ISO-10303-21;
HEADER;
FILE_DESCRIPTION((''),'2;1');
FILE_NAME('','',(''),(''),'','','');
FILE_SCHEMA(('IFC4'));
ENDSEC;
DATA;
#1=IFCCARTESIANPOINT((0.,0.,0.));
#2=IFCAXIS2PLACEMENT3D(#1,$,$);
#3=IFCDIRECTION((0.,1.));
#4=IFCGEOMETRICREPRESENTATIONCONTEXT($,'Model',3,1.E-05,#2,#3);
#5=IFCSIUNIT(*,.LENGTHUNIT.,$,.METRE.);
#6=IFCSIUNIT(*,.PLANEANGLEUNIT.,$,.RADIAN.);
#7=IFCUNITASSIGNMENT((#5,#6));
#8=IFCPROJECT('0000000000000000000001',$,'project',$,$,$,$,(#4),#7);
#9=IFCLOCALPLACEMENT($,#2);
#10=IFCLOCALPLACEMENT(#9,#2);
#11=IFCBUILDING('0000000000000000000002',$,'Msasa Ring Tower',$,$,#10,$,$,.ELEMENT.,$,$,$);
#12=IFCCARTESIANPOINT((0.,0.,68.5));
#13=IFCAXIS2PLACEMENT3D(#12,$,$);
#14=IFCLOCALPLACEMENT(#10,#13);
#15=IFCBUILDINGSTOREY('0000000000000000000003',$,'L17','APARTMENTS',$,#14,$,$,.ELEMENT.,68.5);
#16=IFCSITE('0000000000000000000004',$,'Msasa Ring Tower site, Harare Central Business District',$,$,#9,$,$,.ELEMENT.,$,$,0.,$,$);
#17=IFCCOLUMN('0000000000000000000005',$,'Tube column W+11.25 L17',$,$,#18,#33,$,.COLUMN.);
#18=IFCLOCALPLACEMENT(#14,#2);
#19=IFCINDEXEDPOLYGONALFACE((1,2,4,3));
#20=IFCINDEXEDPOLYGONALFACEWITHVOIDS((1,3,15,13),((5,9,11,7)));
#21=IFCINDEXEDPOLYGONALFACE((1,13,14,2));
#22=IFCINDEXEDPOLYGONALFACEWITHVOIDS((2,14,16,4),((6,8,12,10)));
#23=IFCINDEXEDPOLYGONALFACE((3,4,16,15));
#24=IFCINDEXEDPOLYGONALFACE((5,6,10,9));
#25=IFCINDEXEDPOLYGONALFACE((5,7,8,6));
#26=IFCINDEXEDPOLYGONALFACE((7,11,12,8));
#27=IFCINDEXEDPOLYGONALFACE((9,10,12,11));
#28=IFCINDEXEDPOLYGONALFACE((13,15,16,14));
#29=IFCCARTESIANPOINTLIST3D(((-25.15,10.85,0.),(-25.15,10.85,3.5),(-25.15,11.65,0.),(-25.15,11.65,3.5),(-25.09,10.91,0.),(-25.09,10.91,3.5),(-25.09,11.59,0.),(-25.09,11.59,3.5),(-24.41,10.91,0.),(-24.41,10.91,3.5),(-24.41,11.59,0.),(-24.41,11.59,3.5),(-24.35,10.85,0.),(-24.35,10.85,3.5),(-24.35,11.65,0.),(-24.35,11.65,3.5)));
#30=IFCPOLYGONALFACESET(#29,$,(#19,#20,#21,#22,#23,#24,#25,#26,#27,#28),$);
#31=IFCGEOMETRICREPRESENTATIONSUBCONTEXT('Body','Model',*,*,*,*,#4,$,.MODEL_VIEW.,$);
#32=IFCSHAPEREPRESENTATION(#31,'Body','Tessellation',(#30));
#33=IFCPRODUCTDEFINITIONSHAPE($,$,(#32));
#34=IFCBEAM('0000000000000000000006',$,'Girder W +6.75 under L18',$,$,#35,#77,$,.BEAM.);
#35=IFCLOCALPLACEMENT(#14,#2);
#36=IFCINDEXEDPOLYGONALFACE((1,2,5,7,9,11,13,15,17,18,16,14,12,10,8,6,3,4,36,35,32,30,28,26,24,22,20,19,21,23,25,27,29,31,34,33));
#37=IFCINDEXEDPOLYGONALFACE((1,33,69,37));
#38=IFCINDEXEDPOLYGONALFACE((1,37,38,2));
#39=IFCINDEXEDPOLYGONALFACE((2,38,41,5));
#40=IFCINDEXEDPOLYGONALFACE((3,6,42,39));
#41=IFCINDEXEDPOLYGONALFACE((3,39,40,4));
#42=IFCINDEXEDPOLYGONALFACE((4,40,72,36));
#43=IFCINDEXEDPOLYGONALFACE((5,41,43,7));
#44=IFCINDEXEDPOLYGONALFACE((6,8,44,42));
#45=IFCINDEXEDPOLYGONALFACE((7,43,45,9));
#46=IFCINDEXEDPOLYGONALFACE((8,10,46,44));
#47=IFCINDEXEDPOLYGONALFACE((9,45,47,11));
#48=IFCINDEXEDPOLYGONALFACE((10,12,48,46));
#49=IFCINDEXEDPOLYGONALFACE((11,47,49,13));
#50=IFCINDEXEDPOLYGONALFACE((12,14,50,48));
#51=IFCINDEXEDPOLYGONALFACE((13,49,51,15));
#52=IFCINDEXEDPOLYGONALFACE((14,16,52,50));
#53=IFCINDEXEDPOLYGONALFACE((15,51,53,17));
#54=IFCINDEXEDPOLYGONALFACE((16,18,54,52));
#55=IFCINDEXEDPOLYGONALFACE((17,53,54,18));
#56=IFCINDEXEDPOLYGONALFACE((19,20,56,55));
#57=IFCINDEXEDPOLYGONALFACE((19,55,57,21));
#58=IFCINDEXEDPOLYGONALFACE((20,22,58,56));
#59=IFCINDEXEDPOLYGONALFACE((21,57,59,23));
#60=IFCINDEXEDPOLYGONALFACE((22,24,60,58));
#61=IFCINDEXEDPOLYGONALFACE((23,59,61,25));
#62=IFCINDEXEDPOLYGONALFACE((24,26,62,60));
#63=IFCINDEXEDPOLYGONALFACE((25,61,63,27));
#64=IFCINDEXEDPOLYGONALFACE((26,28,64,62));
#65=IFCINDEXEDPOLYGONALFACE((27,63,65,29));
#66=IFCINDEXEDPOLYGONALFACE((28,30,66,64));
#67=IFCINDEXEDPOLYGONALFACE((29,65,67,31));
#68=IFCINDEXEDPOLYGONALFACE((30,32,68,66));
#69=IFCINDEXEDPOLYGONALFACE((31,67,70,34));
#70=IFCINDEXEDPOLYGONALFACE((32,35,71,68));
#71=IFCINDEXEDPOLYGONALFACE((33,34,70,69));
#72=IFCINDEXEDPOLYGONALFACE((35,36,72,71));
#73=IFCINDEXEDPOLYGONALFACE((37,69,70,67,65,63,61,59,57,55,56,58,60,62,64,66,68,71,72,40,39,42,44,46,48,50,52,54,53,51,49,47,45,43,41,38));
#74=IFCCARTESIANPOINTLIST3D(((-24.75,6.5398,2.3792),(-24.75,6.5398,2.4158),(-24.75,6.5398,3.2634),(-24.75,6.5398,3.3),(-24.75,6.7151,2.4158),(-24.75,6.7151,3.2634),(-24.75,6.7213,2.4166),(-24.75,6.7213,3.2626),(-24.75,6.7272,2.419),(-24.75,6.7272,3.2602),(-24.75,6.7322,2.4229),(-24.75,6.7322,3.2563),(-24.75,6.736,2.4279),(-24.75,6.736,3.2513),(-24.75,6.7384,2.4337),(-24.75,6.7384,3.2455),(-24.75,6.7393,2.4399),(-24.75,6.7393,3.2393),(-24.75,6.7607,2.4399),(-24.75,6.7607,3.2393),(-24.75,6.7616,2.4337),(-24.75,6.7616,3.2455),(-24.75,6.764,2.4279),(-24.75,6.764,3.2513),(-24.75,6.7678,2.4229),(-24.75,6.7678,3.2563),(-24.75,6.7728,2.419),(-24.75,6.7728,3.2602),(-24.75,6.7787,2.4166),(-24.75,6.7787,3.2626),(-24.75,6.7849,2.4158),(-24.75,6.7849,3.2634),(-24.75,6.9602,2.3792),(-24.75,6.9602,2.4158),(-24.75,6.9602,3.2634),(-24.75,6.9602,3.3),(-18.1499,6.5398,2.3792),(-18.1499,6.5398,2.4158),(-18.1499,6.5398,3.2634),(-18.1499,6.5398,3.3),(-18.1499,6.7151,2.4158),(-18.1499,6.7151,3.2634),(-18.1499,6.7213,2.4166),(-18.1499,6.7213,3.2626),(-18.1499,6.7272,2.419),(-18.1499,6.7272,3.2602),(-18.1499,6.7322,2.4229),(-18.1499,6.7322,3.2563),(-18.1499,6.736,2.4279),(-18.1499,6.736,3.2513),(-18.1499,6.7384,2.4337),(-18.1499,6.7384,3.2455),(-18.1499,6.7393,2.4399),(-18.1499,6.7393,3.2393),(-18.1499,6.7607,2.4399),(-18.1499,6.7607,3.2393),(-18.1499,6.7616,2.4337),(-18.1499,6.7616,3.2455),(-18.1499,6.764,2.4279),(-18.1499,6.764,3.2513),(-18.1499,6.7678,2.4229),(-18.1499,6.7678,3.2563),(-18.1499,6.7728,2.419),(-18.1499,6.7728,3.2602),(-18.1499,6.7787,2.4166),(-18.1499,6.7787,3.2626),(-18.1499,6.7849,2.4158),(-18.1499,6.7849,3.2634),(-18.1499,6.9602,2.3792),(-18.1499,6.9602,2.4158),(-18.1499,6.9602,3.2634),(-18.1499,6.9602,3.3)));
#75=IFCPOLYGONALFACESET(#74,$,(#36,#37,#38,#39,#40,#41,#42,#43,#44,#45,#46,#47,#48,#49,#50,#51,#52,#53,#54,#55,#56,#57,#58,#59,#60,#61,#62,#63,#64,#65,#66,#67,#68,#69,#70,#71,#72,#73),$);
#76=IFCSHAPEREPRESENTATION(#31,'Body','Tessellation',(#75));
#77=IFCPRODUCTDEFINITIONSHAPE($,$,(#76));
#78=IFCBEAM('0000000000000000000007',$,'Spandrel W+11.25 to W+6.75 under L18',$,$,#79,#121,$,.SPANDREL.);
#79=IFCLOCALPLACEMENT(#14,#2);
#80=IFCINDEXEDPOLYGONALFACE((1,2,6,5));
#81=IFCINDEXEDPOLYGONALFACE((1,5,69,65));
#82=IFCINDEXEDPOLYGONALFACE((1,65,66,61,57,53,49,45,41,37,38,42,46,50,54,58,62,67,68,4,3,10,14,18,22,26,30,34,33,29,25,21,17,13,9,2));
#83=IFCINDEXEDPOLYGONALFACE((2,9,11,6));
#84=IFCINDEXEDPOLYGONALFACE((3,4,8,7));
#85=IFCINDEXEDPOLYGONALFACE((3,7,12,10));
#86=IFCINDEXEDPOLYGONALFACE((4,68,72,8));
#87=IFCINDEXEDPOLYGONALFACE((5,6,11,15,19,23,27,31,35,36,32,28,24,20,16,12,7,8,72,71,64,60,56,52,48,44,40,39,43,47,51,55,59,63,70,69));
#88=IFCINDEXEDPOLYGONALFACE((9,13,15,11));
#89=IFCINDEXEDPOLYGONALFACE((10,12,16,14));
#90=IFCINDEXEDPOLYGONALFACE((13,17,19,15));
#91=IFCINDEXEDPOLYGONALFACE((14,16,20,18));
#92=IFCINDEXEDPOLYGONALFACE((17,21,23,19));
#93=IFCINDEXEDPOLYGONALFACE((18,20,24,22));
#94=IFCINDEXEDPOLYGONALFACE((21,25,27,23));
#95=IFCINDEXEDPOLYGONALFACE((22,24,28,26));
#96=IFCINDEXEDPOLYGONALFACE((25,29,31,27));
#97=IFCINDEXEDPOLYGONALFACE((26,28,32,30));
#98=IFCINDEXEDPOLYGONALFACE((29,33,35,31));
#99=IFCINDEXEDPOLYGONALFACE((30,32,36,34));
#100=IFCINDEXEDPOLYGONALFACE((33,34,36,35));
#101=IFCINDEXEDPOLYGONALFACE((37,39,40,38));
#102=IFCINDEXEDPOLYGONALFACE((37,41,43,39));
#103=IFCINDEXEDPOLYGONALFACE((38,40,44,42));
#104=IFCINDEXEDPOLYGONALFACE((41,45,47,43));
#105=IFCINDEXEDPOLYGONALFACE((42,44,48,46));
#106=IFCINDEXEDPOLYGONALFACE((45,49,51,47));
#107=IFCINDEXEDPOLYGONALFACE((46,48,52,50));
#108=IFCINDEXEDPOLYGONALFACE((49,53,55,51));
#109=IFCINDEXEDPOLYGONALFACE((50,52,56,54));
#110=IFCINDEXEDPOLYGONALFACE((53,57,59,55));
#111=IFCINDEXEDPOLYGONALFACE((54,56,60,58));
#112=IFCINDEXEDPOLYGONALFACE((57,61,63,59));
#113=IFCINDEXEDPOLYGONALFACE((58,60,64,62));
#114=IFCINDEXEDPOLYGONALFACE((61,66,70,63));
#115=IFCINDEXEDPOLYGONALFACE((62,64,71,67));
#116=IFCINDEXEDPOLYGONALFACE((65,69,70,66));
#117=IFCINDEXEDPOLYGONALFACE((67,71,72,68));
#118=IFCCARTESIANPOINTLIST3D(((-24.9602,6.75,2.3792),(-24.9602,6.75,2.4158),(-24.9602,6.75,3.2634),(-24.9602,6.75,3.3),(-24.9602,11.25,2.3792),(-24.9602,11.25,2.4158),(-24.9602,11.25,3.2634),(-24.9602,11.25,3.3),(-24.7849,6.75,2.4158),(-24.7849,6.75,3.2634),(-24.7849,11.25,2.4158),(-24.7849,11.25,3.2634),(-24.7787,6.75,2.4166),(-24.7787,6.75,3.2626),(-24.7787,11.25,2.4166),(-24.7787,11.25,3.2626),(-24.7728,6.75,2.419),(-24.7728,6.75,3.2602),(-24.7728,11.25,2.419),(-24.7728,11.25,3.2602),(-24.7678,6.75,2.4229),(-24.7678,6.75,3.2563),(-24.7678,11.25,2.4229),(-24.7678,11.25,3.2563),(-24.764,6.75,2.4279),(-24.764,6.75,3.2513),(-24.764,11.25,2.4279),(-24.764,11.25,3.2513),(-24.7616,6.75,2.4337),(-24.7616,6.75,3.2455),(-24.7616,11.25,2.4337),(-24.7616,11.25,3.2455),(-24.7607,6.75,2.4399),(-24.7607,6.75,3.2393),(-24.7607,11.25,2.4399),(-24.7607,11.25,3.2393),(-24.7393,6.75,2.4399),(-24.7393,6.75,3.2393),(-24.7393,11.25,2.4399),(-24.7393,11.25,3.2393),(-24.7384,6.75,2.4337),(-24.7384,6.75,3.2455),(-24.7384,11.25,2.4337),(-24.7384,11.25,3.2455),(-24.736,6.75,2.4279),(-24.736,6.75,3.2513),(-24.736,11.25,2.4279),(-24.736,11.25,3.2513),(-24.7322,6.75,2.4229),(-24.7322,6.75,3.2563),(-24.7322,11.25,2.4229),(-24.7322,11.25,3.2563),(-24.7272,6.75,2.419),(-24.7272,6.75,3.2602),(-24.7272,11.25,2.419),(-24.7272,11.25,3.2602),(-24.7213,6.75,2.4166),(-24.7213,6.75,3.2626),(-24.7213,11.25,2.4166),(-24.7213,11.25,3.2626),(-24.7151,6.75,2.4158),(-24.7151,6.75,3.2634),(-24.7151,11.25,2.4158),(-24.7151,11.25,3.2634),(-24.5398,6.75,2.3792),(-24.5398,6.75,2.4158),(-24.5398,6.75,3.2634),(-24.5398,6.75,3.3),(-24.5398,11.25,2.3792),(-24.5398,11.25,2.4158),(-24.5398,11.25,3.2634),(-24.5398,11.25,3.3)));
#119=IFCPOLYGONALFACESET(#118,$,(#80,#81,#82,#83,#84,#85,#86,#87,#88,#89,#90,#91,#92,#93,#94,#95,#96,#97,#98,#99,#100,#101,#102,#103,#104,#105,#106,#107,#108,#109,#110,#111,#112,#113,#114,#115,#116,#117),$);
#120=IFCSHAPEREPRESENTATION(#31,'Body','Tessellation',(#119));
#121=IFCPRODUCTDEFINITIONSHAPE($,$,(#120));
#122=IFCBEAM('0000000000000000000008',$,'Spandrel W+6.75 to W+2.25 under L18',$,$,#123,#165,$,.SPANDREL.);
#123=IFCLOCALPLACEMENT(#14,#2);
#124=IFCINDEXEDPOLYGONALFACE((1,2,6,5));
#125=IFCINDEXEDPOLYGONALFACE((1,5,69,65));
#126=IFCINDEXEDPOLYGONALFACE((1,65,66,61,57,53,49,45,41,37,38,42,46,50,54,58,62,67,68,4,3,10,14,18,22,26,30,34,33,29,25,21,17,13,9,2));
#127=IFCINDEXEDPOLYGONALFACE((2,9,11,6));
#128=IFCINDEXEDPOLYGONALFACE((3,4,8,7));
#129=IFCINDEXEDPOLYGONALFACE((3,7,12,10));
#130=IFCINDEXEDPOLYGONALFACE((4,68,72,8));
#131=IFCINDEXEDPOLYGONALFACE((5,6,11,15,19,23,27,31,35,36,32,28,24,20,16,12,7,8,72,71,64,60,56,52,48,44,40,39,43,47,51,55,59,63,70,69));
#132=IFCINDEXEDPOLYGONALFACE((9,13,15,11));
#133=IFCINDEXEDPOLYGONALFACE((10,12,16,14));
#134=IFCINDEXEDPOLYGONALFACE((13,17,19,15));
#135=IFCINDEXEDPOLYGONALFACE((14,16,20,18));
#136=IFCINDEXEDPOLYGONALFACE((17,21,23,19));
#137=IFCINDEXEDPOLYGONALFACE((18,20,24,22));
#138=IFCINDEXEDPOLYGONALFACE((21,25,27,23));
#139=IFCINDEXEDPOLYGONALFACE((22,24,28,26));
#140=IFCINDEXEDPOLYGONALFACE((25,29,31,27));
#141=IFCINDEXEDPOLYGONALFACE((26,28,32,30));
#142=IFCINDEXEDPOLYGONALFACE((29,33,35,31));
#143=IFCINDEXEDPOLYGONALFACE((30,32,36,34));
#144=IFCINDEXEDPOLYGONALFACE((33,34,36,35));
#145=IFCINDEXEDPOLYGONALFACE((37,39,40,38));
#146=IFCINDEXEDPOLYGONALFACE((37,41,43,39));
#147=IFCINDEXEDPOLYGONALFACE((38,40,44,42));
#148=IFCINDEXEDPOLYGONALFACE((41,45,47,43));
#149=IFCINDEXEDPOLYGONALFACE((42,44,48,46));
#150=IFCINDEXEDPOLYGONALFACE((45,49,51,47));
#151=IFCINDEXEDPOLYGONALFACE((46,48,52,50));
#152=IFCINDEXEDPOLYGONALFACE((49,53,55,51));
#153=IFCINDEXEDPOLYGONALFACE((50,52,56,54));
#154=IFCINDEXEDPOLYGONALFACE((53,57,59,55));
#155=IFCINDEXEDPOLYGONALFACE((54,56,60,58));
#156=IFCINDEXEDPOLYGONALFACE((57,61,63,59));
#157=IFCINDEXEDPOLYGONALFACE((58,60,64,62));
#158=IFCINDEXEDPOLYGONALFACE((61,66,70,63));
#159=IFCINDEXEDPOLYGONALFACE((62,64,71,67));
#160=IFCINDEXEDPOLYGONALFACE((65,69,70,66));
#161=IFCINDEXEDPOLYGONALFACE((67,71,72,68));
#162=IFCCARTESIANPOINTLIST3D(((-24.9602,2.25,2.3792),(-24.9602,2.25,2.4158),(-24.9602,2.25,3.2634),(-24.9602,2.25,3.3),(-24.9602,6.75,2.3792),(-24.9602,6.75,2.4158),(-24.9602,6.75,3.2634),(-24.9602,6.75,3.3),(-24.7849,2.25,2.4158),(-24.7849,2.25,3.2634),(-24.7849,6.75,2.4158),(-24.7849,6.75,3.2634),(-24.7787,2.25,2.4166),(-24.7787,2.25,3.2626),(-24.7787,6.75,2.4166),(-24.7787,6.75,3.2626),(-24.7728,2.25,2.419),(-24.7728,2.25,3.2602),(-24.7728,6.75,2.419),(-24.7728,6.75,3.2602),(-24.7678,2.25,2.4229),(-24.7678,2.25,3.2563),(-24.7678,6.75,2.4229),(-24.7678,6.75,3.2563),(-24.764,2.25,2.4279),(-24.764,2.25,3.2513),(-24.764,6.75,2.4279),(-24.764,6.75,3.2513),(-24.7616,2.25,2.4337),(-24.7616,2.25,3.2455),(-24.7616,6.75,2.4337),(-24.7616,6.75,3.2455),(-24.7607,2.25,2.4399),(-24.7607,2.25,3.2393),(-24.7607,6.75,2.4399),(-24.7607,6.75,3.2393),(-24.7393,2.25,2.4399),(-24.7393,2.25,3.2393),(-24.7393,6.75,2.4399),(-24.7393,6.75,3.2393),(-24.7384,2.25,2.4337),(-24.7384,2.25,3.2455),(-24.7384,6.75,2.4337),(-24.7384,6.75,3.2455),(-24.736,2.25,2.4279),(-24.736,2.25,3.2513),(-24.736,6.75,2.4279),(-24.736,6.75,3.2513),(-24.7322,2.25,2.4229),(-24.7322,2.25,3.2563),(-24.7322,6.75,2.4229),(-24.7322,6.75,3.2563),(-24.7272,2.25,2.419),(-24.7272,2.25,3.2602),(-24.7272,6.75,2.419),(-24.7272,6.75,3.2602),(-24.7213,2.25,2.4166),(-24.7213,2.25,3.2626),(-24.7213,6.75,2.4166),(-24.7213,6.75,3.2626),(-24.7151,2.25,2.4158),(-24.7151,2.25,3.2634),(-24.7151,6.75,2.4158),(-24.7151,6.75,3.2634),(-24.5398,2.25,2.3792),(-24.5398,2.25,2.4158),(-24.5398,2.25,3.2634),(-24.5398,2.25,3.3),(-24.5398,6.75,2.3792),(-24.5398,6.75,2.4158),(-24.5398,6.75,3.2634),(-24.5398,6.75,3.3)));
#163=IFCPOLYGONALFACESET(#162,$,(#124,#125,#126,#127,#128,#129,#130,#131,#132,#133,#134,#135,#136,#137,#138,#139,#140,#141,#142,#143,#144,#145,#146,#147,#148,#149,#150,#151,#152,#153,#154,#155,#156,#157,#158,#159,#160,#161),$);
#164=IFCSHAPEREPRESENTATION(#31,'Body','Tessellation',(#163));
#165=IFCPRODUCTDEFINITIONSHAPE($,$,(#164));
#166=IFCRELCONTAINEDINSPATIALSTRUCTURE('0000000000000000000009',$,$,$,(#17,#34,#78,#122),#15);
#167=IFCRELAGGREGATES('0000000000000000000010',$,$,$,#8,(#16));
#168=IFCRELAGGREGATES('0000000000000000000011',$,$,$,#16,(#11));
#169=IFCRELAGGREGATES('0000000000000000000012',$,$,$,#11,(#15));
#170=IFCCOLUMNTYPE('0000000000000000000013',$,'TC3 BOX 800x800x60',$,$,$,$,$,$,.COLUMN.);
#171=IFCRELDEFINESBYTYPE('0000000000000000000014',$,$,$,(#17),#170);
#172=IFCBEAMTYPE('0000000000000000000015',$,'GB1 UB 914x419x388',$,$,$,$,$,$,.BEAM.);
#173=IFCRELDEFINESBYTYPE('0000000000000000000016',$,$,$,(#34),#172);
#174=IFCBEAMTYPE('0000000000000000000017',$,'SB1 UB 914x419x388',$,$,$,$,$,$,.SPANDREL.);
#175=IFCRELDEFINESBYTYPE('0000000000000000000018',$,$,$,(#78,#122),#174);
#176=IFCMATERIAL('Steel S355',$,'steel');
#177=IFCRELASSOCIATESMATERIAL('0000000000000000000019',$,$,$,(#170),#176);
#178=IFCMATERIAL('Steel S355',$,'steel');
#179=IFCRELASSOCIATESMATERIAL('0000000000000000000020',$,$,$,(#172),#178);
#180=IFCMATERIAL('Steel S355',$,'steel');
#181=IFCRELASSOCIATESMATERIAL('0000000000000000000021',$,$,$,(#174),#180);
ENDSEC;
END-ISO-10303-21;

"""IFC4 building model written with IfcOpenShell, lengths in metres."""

from ifc_helpers import new_model, si_unit, direction, frame, origin, origin_2d, place, context, subcontext, project, spatial, hollow_rectangle, i_section, extrude, material, material_profile, profile_set, type_object, element, save


model = new_model("IFC4")

# Units and contexts
model_context = context("Model", 3, precision=1e-05, world=origin(), true_north=direction((0.0, 1.0)))
body_context = subcontext(model_context, "Body", "Model", "MODEL_VIEW")
ifc_project = project(units=[si_unit("LENGTHUNIT", "METRE"), si_unit("PLANEANGLEUNIT", "RADIAN")], contexts=[model_context])

# Site, building, storey
site_placement = place(None, origin())
site = spatial("IfcSite", under=ifc_project, at=site_placement, Name="Msasa Ring Tower site, Harare Central Business District", CompositionType="ELEMENT", RefElevation=0.0)
building_placement = place(site_placement, origin())
building = spatial("IfcBuilding", under=site, at=building_placement, Name="Msasa Ring Tower", CompositionType="ELEMENT")
storey_placement = place(building_placement, frame((0.0, 0.0, 68.5)))
storey = spatial("IfcBuildingStorey", under=building, at=storey_placement, Name="L17", Description="APARTMENTS", CompositionType="ELEMENT", Elevation=68.5)

# Column
ifc_material_1 = material(Name="Steel S355", Category="steel")
ifc_material_profile_1 = material_profile(ifc_material_1, hollow_rectangle(XDim=0.8, YDim=0.8, WallThickness=0.0601, at=origin_2d()), Name="BOX 800x800x60")
ifc_profile_set_1 = profile_set([ifc_material_profile_1], Name="Steel S355")
column_type = type_object("IfcColumnType", Name="TC3 BOX 800x800x60", PredefinedType="COLUMN", material=ifc_profile_set_1)
column_placement = place(storey_placement, frame((-24.75, 11.25, 0.0), z_axis=(0.0, 0.0, 1.0), x_axis=(1.0, 0.0, 0.0)))
element("IfcColumn", 1, at=column_placement, inside=storey, type_object=column_type, Name="Tube column W+11.25 L17", PredefinedType="COLUMN", context=body_context, shape_type="SweptSolid", body=[
    extrude(hollow_rectangle(XDim=0.8, YDim=0.8, WallThickness=0.0601, at=origin_2d()), origin(), (0.0, 0.0, 1.0), 3.5),
])

# Beams
ifc_material_2 = material(Name="Steel S355", Category="steel")
ifc_material_profile_2 = material_profile(ifc_material_2, i_section(OverallWidth=0.4204, OverallDepth=0.9209, WebThickness=0.0215, FlangeThickness=0.0366, FilletRadius=0.0242, at=origin_2d()), Name="UB 914x419x388")
ifc_profile_set_2 = profile_set([ifc_material_profile_2], Name="Steel S355")
beam_type_1 = type_object("IfcBeamType", Name="GB1 UB 914x419x388", PredefinedType="BEAM", material=ifc_profile_set_2)
beam_placement = place(storey_placement, frame((-18.1499, 6.75, 2.8396), z_axis=(-1.0, 0.0, 0.0), x_axis=(0.0, -1.0, 0.0)))
element("IfcBeam", 2, at=beam_placement, inside=storey, type_object=beam_type_1, Name="Girder W +6.75 under L18", PredefinedType="BEAM", context=body_context, shape_type="SweptSolid", body=[
    extrude(i_section(OverallWidth=0.4204, OverallDepth=0.9209, WebThickness=0.0215, FlangeThickness=0.0366, FilletRadius=0.0242, at=origin_2d()), origin(), (0.0, 0.0, 1.0), 6.6001),
])
ifc_material_3 = material(Name="Steel S355", Category="steel")
ifc_material_profile_3 = material_profile(ifc_material_3, i_section(OverallWidth=0.4204, OverallDepth=0.9209, WebThickness=0.0215, FlangeThickness=0.0366, FilletRadius=0.0242, at=origin_2d()), Name="UB 914x419x388")
ifc_profile_set_3 = profile_set([ifc_material_profile_3], Name="Steel S355")
beam_type_2 = type_object("IfcBeamType", Name="SB1 UB 914x419x388", PredefinedType="SPANDREL", material=ifc_profile_set_3)
for number, where, z_axis, x_axis, name in (
    (3, (-24.75, 11.25, 2.8396), (0.0, -1.0, 0.0), (1.0, 0.0, 0.0), "Spandrel W+11.25 to W+6.75 under L18"),
    (4, (-24.75, 6.75, 2.8396), (0.0, -1.0, 0.0), (1.0, 0.0, 0.0), "Spandrel W+6.75 to W+2.25 under L18"),
):
    element("IfcBeam", number, at=place(storey_placement, frame(where, z_axis=z_axis, x_axis=x_axis)), inside=storey, type_object=beam_type_2, Name=name, PredefinedType="SPANDREL", context=body_context, shape_type="SweptSolid", body=[
        extrude(i_section(OverallWidth=0.4204, OverallDepth=0.9209, WebThickness=0.0215, FlangeThickness=0.0366, FilletRadius=0.0242, at=origin_2d()), origin(), (0.0, 0.0, 1.0), 4.5),
    ])

save(model, "model.ifc")
